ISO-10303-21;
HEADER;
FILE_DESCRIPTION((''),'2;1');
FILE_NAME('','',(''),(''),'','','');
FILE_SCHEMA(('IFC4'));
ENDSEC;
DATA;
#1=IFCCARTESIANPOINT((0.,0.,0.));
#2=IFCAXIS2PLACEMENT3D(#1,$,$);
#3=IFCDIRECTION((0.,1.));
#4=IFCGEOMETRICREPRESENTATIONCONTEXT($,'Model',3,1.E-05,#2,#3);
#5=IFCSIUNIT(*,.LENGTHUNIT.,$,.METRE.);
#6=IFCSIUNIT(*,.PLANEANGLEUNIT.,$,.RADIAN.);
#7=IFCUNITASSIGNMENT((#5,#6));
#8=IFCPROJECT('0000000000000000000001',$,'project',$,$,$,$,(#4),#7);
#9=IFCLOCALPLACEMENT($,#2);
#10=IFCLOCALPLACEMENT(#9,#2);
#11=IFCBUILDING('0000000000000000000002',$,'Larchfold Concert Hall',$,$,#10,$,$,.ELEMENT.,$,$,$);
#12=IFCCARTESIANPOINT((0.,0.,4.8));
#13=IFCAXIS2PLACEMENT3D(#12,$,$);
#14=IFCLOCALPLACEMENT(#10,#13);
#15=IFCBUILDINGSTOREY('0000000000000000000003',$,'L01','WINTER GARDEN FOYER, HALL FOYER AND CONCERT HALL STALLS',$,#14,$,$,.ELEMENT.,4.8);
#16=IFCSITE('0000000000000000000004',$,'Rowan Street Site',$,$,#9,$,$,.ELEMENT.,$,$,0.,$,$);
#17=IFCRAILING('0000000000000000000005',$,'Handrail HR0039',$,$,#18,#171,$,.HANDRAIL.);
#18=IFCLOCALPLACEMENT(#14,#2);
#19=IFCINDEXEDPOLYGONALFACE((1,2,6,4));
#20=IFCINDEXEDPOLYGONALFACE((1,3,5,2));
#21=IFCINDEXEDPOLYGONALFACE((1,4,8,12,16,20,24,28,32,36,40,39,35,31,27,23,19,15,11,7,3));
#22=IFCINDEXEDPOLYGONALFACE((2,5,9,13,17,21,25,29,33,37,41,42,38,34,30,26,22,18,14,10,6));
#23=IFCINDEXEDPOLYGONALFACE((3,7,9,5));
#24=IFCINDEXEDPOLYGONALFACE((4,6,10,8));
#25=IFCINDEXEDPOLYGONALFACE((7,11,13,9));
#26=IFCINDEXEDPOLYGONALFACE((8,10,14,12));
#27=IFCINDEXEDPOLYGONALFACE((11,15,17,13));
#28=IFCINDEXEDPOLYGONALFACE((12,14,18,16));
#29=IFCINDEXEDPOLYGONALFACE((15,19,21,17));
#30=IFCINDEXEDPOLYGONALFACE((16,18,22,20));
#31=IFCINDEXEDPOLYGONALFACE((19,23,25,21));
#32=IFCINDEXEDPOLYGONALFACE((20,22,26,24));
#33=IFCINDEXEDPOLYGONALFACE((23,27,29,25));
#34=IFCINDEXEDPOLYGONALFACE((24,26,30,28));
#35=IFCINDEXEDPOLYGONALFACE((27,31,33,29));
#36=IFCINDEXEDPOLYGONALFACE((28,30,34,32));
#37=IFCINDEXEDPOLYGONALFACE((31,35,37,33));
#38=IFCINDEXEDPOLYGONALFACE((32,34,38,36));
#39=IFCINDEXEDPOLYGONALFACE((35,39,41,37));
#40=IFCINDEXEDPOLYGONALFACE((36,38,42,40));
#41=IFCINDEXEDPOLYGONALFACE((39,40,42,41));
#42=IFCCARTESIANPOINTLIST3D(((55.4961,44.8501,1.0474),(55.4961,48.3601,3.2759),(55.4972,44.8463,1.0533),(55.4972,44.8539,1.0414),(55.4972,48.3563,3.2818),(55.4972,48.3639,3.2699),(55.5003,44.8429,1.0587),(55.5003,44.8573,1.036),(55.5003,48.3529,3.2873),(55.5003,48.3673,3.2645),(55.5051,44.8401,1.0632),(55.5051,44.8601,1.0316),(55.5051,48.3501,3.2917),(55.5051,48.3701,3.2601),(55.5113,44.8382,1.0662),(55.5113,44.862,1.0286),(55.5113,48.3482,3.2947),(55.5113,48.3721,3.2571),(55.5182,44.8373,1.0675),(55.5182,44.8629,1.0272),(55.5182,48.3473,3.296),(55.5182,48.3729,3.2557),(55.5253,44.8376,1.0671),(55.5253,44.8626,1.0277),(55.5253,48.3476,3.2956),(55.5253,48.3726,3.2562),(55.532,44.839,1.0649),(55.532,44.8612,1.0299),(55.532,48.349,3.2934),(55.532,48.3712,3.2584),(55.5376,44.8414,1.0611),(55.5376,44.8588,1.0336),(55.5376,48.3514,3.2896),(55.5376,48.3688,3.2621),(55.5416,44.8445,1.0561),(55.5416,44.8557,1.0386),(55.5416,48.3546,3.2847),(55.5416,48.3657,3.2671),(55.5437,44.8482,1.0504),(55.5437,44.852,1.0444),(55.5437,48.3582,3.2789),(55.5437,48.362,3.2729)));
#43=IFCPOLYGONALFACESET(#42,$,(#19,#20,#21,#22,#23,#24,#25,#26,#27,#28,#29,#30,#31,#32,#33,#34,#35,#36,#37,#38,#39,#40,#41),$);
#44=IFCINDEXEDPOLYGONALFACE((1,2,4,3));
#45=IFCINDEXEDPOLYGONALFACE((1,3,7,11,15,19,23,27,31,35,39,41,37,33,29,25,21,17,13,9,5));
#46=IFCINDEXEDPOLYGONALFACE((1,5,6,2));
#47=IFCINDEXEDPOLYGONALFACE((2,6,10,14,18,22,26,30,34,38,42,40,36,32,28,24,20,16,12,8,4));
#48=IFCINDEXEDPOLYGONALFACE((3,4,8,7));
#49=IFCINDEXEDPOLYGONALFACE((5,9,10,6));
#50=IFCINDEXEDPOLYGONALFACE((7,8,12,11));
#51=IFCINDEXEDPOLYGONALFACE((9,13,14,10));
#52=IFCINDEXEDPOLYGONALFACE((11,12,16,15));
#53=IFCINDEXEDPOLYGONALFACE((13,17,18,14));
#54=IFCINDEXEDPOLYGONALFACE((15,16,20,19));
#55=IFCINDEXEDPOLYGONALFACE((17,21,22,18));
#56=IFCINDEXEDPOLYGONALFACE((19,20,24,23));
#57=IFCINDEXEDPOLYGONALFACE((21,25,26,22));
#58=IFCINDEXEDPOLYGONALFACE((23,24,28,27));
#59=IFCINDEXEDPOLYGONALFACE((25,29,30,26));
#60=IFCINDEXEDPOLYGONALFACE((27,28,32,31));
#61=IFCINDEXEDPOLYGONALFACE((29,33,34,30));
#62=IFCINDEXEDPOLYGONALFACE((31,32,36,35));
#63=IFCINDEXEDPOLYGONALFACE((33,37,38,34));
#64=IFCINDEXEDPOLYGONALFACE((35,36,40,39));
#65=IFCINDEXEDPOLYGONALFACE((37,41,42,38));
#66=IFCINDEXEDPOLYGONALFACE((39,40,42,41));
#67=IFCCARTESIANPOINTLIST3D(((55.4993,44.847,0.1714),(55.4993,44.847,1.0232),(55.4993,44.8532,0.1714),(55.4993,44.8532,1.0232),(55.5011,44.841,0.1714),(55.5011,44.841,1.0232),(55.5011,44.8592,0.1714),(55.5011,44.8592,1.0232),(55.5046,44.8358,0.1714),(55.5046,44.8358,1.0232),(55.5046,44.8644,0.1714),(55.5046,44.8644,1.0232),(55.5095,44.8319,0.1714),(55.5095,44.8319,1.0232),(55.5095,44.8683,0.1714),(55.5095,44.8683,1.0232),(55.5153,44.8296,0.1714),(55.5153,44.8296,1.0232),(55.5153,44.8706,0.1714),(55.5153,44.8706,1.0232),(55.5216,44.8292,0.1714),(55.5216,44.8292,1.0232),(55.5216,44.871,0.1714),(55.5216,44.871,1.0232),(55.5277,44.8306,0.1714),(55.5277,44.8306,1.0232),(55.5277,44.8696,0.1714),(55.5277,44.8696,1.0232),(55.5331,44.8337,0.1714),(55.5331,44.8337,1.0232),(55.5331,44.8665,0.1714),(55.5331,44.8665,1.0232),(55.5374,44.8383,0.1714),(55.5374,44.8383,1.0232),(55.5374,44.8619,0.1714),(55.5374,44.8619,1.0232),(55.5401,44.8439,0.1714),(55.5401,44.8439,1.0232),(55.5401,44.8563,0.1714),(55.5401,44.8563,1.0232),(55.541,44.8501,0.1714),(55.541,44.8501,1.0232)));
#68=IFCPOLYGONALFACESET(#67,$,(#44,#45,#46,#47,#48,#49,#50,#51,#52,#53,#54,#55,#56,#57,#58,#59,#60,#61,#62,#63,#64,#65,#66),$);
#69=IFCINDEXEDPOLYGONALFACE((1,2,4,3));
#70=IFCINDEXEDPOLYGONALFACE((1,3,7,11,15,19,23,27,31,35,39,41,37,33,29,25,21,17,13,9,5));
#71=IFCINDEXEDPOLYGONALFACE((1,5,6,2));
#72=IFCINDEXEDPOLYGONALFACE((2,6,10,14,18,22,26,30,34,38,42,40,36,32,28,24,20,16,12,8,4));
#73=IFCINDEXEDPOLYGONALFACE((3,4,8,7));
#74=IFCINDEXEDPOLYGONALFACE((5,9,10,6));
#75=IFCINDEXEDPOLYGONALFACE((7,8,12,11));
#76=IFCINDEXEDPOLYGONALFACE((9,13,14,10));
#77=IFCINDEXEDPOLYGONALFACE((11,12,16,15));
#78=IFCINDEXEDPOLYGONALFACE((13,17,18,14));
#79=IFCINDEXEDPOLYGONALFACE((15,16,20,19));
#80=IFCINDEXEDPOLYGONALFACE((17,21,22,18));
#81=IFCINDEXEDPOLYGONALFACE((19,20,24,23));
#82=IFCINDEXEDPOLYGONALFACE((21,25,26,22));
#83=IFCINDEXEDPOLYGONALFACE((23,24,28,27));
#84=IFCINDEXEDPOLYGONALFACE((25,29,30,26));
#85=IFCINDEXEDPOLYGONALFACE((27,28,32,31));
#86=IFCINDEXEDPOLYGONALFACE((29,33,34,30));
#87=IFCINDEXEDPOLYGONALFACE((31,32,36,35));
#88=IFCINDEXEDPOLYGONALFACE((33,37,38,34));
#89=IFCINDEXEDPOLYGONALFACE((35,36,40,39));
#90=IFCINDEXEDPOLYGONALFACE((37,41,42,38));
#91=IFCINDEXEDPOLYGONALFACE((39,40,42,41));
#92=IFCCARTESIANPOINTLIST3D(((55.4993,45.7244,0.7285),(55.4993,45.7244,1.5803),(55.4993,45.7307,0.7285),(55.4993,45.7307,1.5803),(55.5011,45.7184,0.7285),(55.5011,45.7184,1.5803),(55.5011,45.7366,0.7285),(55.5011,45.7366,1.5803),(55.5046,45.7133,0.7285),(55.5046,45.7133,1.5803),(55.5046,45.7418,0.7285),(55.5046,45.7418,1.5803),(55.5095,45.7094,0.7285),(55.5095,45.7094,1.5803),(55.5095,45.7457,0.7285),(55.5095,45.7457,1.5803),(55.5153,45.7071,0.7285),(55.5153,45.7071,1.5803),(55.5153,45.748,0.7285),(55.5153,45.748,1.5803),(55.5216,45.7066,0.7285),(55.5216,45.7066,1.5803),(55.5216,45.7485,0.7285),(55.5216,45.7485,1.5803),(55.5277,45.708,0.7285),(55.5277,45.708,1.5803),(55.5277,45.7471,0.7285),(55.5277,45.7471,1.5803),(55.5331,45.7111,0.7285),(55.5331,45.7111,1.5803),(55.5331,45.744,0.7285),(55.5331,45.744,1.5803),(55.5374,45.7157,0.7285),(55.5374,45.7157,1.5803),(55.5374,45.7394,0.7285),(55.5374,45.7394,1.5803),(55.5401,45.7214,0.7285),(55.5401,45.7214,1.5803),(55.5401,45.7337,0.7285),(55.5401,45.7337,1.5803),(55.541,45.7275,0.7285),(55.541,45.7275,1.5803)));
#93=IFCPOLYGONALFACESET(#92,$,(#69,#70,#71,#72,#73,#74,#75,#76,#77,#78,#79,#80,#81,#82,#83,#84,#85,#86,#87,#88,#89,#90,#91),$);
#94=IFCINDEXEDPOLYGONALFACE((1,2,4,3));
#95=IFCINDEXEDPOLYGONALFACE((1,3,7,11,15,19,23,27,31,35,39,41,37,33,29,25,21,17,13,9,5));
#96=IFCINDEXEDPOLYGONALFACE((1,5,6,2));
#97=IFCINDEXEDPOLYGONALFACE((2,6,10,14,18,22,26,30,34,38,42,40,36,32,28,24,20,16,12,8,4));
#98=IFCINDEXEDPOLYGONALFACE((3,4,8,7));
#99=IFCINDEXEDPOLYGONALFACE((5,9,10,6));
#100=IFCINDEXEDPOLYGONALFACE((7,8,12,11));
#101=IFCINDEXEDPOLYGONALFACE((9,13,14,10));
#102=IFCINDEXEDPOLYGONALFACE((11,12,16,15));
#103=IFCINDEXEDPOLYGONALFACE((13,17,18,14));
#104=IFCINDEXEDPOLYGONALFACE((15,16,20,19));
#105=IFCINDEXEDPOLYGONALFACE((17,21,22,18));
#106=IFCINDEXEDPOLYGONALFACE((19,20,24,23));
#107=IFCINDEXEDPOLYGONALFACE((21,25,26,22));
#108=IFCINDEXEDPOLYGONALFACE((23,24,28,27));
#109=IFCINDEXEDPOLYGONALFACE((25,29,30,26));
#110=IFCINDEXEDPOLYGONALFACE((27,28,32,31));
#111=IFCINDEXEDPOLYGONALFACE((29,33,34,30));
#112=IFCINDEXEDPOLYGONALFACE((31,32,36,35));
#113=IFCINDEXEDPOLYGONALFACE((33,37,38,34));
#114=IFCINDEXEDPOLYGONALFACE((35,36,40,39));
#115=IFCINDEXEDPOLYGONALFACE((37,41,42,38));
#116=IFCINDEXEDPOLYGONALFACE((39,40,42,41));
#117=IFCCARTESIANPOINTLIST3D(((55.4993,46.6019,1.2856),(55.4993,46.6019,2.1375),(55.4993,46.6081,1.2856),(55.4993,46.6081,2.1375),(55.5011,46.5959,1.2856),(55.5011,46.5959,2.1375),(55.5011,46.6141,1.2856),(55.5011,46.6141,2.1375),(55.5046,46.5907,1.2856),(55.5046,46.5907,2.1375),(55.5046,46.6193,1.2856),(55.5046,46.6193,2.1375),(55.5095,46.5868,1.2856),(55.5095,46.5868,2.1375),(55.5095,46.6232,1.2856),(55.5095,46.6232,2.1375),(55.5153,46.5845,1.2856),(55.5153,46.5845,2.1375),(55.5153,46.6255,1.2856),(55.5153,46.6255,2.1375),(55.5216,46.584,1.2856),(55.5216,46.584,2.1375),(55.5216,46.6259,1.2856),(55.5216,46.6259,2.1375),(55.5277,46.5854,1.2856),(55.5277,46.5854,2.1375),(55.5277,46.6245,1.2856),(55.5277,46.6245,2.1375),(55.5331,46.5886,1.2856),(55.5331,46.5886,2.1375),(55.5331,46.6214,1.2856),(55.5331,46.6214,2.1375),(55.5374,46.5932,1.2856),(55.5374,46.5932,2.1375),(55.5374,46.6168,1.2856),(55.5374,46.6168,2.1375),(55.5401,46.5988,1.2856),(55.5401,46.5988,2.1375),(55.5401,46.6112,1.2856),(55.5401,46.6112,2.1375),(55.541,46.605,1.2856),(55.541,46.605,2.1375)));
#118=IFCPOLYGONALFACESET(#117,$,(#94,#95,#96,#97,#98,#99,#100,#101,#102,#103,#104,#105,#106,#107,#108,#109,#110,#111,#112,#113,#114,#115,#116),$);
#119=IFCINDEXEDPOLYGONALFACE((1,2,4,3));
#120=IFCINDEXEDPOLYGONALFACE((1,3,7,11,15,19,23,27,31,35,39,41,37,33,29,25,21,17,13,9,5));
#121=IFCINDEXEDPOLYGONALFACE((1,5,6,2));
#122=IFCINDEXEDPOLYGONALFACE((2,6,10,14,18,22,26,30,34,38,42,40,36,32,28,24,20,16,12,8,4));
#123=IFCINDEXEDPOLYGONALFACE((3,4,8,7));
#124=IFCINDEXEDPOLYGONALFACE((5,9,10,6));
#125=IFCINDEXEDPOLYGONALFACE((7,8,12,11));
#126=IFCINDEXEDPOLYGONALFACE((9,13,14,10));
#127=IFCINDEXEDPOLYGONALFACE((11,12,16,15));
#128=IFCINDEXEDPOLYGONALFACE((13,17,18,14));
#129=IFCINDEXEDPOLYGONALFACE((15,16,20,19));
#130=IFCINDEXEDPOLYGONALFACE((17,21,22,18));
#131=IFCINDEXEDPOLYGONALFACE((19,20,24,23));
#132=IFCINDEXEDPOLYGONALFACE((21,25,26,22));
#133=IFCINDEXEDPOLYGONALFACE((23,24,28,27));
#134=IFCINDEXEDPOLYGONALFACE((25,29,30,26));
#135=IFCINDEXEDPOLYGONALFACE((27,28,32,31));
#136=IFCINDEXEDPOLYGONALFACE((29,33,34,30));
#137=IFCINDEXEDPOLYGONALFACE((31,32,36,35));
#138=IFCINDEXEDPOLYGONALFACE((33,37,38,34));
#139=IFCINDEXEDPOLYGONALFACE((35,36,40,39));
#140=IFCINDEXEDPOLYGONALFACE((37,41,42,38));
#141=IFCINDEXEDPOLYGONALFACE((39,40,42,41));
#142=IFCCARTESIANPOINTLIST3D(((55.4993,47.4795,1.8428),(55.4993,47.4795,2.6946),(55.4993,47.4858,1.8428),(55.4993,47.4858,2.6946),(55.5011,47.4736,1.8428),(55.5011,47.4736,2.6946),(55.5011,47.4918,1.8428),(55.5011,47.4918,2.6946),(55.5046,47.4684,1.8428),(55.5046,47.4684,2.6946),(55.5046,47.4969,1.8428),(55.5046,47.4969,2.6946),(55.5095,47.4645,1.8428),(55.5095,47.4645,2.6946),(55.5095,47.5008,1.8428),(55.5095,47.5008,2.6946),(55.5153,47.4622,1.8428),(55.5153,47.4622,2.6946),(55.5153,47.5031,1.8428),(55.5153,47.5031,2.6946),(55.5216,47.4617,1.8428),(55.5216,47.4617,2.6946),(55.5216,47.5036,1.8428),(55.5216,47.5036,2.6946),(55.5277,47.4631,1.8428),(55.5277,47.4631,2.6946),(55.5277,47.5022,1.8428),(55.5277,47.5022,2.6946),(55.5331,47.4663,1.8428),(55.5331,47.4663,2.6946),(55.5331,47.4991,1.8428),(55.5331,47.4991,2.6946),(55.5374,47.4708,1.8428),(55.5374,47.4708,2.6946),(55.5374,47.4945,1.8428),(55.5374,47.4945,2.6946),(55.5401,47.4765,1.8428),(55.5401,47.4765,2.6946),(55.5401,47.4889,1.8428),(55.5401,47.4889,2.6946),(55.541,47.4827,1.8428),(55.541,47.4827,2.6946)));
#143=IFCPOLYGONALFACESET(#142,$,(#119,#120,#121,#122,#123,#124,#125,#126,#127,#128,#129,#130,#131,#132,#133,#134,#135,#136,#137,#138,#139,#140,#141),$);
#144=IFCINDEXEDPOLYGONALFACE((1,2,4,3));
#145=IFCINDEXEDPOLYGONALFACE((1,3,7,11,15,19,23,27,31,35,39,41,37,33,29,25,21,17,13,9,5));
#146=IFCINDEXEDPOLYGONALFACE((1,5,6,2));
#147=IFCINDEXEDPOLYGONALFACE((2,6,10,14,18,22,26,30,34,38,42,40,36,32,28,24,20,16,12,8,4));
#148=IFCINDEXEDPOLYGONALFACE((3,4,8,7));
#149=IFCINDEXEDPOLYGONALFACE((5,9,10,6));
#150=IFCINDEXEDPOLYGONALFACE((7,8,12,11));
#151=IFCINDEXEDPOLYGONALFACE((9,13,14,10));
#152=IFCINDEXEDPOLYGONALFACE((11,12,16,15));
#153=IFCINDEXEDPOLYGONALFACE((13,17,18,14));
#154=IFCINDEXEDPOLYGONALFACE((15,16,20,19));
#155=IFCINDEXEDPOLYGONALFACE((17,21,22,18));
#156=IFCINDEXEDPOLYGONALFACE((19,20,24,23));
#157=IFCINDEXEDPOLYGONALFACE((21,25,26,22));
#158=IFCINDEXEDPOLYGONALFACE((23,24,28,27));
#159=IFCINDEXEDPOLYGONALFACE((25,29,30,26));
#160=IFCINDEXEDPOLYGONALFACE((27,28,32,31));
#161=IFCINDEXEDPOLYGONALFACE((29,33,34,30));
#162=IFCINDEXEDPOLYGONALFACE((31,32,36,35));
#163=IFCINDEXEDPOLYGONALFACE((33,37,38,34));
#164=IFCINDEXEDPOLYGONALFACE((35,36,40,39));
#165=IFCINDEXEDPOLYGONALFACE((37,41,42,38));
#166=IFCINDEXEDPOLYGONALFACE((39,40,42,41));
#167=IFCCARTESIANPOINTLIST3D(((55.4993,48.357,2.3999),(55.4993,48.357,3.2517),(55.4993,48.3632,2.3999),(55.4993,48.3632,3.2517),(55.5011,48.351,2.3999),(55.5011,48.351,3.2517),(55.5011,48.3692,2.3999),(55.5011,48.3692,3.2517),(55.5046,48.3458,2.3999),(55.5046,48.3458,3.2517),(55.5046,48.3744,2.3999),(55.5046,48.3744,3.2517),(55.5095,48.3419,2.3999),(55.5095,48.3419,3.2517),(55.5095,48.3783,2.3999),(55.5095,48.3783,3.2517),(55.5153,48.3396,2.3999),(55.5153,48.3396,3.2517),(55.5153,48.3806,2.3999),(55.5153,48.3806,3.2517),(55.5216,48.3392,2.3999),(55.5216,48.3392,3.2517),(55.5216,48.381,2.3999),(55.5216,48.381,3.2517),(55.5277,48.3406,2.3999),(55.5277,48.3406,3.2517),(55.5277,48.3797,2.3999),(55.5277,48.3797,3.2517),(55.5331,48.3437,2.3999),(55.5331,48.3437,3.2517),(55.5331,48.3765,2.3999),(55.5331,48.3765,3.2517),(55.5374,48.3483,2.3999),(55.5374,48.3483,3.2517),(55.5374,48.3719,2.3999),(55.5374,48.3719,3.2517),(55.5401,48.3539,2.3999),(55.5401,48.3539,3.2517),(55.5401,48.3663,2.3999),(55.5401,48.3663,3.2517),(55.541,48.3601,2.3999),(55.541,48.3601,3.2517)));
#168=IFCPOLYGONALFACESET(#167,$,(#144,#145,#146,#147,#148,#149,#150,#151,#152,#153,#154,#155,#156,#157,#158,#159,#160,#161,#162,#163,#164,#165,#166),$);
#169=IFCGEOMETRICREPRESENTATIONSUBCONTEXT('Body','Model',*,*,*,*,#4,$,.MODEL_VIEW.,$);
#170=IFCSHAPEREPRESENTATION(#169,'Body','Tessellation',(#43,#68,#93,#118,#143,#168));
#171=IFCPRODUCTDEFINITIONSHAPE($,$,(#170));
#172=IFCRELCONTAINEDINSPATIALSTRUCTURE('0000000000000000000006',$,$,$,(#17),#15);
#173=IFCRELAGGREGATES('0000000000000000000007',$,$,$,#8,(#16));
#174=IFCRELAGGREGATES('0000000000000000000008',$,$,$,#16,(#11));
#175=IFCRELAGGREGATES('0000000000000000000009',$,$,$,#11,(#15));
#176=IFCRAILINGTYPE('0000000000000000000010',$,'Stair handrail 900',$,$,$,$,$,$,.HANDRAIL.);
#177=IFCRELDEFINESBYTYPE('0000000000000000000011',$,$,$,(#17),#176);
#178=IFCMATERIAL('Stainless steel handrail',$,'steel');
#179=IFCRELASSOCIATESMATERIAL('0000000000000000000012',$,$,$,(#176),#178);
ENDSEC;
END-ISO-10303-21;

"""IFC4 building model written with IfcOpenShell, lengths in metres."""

from ifc_helpers import new_model, si_unit, direction, frame, origin, origin_2d, place, context, subcontext, project, spatial, circle, extrude, material, type_object, element, save


model = new_model("IFC4")

# Units and contexts
model_context = context("Model", 3, precision=1e-05, world=origin(), true_north=direction((0.0, 1.0)))
body_context = subcontext(model_context, "Body", "Model", "MODEL_VIEW")
ifc_project = project(units=[si_unit("LENGTHUNIT", "METRE"), si_unit("PLANEANGLEUNIT", "RADIAN")], contexts=[model_context])

# Site, building, storey
site_placement = place(None, origin())
site = spatial("IfcSite", under=ifc_project, at=site_placement, Name="Rowan Street Site", CompositionType="ELEMENT", RefElevation=0.0)
building_placement = place(site_placement, origin())
building = spatial("IfcBuilding", under=site, at=building_placement, Name="Larchfold Concert Hall", CompositionType="ELEMENT")
storey_placement = place(building_placement, frame((0.0, 0.0, 4.8)))
storey = spatial("IfcBuildingStorey", under=building, at=storey_placement, Name="L01", Description="WINTER GARDEN FOYER, HALL FOYER AND CONCERT HALL STALLS", CompositionType="ELEMENT", Elevation=4.8)

# Railing
ifc_material_1 = material(Name="Stainless steel handrail", Category="steel")
railing_type_1 = type_object("IfcRailingType", Name="Stair handrail 900", PredefinedType="HANDRAIL", material=ifc_material_1)
railing_1_placement = place(storey_placement, frame((55.52, 44.8501, 0.1714)))
element("IfcRailing", 1, at=railing_1_placement, inside=storey, type_object=railing_type_1, Name="Handrail HR0039", PredefinedType="HANDRAIL", context=body_context, shape_type="SweptSolid", body=[
    extrude(circle(Radius=0.0239, at=origin_2d()), frame((0.0, 0.0, 0.876), z_axis=(0.0, 0.84422, 0.535998), x_axis=(-1.0, 0.0, 0.0)), (0.0, 0.0, 1.0), 4.1577),
    extrude(circle(Radius=0.021, at=origin_2d()), origin(), (0.0, 0.0, 1.0), 0.8518),
    extrude(circle(Radius=0.021, at=origin_2d()), frame((0.0, 0.8774, 0.5571)), (0.0, 0.0, 1.0), 0.8518),
    extrude(circle(Radius=0.021, at=origin_2d()), frame((0.0, 1.7549, 1.1143)), (0.0, 0.0, 1.0), 0.8518),
    extrude(circle(Radius=0.021, at=origin_2d()), frame((0.0, 2.6326, 1.6714)), (0.0, 0.0, 1.0), 0.8518),
    extrude(circle(Radius=0.021, at=origin_2d()), frame((0.0, 3.51, 2.2285)), (0.0, 0.0, 1.0), 0.8518),
])

save(model, "model.ifc")
